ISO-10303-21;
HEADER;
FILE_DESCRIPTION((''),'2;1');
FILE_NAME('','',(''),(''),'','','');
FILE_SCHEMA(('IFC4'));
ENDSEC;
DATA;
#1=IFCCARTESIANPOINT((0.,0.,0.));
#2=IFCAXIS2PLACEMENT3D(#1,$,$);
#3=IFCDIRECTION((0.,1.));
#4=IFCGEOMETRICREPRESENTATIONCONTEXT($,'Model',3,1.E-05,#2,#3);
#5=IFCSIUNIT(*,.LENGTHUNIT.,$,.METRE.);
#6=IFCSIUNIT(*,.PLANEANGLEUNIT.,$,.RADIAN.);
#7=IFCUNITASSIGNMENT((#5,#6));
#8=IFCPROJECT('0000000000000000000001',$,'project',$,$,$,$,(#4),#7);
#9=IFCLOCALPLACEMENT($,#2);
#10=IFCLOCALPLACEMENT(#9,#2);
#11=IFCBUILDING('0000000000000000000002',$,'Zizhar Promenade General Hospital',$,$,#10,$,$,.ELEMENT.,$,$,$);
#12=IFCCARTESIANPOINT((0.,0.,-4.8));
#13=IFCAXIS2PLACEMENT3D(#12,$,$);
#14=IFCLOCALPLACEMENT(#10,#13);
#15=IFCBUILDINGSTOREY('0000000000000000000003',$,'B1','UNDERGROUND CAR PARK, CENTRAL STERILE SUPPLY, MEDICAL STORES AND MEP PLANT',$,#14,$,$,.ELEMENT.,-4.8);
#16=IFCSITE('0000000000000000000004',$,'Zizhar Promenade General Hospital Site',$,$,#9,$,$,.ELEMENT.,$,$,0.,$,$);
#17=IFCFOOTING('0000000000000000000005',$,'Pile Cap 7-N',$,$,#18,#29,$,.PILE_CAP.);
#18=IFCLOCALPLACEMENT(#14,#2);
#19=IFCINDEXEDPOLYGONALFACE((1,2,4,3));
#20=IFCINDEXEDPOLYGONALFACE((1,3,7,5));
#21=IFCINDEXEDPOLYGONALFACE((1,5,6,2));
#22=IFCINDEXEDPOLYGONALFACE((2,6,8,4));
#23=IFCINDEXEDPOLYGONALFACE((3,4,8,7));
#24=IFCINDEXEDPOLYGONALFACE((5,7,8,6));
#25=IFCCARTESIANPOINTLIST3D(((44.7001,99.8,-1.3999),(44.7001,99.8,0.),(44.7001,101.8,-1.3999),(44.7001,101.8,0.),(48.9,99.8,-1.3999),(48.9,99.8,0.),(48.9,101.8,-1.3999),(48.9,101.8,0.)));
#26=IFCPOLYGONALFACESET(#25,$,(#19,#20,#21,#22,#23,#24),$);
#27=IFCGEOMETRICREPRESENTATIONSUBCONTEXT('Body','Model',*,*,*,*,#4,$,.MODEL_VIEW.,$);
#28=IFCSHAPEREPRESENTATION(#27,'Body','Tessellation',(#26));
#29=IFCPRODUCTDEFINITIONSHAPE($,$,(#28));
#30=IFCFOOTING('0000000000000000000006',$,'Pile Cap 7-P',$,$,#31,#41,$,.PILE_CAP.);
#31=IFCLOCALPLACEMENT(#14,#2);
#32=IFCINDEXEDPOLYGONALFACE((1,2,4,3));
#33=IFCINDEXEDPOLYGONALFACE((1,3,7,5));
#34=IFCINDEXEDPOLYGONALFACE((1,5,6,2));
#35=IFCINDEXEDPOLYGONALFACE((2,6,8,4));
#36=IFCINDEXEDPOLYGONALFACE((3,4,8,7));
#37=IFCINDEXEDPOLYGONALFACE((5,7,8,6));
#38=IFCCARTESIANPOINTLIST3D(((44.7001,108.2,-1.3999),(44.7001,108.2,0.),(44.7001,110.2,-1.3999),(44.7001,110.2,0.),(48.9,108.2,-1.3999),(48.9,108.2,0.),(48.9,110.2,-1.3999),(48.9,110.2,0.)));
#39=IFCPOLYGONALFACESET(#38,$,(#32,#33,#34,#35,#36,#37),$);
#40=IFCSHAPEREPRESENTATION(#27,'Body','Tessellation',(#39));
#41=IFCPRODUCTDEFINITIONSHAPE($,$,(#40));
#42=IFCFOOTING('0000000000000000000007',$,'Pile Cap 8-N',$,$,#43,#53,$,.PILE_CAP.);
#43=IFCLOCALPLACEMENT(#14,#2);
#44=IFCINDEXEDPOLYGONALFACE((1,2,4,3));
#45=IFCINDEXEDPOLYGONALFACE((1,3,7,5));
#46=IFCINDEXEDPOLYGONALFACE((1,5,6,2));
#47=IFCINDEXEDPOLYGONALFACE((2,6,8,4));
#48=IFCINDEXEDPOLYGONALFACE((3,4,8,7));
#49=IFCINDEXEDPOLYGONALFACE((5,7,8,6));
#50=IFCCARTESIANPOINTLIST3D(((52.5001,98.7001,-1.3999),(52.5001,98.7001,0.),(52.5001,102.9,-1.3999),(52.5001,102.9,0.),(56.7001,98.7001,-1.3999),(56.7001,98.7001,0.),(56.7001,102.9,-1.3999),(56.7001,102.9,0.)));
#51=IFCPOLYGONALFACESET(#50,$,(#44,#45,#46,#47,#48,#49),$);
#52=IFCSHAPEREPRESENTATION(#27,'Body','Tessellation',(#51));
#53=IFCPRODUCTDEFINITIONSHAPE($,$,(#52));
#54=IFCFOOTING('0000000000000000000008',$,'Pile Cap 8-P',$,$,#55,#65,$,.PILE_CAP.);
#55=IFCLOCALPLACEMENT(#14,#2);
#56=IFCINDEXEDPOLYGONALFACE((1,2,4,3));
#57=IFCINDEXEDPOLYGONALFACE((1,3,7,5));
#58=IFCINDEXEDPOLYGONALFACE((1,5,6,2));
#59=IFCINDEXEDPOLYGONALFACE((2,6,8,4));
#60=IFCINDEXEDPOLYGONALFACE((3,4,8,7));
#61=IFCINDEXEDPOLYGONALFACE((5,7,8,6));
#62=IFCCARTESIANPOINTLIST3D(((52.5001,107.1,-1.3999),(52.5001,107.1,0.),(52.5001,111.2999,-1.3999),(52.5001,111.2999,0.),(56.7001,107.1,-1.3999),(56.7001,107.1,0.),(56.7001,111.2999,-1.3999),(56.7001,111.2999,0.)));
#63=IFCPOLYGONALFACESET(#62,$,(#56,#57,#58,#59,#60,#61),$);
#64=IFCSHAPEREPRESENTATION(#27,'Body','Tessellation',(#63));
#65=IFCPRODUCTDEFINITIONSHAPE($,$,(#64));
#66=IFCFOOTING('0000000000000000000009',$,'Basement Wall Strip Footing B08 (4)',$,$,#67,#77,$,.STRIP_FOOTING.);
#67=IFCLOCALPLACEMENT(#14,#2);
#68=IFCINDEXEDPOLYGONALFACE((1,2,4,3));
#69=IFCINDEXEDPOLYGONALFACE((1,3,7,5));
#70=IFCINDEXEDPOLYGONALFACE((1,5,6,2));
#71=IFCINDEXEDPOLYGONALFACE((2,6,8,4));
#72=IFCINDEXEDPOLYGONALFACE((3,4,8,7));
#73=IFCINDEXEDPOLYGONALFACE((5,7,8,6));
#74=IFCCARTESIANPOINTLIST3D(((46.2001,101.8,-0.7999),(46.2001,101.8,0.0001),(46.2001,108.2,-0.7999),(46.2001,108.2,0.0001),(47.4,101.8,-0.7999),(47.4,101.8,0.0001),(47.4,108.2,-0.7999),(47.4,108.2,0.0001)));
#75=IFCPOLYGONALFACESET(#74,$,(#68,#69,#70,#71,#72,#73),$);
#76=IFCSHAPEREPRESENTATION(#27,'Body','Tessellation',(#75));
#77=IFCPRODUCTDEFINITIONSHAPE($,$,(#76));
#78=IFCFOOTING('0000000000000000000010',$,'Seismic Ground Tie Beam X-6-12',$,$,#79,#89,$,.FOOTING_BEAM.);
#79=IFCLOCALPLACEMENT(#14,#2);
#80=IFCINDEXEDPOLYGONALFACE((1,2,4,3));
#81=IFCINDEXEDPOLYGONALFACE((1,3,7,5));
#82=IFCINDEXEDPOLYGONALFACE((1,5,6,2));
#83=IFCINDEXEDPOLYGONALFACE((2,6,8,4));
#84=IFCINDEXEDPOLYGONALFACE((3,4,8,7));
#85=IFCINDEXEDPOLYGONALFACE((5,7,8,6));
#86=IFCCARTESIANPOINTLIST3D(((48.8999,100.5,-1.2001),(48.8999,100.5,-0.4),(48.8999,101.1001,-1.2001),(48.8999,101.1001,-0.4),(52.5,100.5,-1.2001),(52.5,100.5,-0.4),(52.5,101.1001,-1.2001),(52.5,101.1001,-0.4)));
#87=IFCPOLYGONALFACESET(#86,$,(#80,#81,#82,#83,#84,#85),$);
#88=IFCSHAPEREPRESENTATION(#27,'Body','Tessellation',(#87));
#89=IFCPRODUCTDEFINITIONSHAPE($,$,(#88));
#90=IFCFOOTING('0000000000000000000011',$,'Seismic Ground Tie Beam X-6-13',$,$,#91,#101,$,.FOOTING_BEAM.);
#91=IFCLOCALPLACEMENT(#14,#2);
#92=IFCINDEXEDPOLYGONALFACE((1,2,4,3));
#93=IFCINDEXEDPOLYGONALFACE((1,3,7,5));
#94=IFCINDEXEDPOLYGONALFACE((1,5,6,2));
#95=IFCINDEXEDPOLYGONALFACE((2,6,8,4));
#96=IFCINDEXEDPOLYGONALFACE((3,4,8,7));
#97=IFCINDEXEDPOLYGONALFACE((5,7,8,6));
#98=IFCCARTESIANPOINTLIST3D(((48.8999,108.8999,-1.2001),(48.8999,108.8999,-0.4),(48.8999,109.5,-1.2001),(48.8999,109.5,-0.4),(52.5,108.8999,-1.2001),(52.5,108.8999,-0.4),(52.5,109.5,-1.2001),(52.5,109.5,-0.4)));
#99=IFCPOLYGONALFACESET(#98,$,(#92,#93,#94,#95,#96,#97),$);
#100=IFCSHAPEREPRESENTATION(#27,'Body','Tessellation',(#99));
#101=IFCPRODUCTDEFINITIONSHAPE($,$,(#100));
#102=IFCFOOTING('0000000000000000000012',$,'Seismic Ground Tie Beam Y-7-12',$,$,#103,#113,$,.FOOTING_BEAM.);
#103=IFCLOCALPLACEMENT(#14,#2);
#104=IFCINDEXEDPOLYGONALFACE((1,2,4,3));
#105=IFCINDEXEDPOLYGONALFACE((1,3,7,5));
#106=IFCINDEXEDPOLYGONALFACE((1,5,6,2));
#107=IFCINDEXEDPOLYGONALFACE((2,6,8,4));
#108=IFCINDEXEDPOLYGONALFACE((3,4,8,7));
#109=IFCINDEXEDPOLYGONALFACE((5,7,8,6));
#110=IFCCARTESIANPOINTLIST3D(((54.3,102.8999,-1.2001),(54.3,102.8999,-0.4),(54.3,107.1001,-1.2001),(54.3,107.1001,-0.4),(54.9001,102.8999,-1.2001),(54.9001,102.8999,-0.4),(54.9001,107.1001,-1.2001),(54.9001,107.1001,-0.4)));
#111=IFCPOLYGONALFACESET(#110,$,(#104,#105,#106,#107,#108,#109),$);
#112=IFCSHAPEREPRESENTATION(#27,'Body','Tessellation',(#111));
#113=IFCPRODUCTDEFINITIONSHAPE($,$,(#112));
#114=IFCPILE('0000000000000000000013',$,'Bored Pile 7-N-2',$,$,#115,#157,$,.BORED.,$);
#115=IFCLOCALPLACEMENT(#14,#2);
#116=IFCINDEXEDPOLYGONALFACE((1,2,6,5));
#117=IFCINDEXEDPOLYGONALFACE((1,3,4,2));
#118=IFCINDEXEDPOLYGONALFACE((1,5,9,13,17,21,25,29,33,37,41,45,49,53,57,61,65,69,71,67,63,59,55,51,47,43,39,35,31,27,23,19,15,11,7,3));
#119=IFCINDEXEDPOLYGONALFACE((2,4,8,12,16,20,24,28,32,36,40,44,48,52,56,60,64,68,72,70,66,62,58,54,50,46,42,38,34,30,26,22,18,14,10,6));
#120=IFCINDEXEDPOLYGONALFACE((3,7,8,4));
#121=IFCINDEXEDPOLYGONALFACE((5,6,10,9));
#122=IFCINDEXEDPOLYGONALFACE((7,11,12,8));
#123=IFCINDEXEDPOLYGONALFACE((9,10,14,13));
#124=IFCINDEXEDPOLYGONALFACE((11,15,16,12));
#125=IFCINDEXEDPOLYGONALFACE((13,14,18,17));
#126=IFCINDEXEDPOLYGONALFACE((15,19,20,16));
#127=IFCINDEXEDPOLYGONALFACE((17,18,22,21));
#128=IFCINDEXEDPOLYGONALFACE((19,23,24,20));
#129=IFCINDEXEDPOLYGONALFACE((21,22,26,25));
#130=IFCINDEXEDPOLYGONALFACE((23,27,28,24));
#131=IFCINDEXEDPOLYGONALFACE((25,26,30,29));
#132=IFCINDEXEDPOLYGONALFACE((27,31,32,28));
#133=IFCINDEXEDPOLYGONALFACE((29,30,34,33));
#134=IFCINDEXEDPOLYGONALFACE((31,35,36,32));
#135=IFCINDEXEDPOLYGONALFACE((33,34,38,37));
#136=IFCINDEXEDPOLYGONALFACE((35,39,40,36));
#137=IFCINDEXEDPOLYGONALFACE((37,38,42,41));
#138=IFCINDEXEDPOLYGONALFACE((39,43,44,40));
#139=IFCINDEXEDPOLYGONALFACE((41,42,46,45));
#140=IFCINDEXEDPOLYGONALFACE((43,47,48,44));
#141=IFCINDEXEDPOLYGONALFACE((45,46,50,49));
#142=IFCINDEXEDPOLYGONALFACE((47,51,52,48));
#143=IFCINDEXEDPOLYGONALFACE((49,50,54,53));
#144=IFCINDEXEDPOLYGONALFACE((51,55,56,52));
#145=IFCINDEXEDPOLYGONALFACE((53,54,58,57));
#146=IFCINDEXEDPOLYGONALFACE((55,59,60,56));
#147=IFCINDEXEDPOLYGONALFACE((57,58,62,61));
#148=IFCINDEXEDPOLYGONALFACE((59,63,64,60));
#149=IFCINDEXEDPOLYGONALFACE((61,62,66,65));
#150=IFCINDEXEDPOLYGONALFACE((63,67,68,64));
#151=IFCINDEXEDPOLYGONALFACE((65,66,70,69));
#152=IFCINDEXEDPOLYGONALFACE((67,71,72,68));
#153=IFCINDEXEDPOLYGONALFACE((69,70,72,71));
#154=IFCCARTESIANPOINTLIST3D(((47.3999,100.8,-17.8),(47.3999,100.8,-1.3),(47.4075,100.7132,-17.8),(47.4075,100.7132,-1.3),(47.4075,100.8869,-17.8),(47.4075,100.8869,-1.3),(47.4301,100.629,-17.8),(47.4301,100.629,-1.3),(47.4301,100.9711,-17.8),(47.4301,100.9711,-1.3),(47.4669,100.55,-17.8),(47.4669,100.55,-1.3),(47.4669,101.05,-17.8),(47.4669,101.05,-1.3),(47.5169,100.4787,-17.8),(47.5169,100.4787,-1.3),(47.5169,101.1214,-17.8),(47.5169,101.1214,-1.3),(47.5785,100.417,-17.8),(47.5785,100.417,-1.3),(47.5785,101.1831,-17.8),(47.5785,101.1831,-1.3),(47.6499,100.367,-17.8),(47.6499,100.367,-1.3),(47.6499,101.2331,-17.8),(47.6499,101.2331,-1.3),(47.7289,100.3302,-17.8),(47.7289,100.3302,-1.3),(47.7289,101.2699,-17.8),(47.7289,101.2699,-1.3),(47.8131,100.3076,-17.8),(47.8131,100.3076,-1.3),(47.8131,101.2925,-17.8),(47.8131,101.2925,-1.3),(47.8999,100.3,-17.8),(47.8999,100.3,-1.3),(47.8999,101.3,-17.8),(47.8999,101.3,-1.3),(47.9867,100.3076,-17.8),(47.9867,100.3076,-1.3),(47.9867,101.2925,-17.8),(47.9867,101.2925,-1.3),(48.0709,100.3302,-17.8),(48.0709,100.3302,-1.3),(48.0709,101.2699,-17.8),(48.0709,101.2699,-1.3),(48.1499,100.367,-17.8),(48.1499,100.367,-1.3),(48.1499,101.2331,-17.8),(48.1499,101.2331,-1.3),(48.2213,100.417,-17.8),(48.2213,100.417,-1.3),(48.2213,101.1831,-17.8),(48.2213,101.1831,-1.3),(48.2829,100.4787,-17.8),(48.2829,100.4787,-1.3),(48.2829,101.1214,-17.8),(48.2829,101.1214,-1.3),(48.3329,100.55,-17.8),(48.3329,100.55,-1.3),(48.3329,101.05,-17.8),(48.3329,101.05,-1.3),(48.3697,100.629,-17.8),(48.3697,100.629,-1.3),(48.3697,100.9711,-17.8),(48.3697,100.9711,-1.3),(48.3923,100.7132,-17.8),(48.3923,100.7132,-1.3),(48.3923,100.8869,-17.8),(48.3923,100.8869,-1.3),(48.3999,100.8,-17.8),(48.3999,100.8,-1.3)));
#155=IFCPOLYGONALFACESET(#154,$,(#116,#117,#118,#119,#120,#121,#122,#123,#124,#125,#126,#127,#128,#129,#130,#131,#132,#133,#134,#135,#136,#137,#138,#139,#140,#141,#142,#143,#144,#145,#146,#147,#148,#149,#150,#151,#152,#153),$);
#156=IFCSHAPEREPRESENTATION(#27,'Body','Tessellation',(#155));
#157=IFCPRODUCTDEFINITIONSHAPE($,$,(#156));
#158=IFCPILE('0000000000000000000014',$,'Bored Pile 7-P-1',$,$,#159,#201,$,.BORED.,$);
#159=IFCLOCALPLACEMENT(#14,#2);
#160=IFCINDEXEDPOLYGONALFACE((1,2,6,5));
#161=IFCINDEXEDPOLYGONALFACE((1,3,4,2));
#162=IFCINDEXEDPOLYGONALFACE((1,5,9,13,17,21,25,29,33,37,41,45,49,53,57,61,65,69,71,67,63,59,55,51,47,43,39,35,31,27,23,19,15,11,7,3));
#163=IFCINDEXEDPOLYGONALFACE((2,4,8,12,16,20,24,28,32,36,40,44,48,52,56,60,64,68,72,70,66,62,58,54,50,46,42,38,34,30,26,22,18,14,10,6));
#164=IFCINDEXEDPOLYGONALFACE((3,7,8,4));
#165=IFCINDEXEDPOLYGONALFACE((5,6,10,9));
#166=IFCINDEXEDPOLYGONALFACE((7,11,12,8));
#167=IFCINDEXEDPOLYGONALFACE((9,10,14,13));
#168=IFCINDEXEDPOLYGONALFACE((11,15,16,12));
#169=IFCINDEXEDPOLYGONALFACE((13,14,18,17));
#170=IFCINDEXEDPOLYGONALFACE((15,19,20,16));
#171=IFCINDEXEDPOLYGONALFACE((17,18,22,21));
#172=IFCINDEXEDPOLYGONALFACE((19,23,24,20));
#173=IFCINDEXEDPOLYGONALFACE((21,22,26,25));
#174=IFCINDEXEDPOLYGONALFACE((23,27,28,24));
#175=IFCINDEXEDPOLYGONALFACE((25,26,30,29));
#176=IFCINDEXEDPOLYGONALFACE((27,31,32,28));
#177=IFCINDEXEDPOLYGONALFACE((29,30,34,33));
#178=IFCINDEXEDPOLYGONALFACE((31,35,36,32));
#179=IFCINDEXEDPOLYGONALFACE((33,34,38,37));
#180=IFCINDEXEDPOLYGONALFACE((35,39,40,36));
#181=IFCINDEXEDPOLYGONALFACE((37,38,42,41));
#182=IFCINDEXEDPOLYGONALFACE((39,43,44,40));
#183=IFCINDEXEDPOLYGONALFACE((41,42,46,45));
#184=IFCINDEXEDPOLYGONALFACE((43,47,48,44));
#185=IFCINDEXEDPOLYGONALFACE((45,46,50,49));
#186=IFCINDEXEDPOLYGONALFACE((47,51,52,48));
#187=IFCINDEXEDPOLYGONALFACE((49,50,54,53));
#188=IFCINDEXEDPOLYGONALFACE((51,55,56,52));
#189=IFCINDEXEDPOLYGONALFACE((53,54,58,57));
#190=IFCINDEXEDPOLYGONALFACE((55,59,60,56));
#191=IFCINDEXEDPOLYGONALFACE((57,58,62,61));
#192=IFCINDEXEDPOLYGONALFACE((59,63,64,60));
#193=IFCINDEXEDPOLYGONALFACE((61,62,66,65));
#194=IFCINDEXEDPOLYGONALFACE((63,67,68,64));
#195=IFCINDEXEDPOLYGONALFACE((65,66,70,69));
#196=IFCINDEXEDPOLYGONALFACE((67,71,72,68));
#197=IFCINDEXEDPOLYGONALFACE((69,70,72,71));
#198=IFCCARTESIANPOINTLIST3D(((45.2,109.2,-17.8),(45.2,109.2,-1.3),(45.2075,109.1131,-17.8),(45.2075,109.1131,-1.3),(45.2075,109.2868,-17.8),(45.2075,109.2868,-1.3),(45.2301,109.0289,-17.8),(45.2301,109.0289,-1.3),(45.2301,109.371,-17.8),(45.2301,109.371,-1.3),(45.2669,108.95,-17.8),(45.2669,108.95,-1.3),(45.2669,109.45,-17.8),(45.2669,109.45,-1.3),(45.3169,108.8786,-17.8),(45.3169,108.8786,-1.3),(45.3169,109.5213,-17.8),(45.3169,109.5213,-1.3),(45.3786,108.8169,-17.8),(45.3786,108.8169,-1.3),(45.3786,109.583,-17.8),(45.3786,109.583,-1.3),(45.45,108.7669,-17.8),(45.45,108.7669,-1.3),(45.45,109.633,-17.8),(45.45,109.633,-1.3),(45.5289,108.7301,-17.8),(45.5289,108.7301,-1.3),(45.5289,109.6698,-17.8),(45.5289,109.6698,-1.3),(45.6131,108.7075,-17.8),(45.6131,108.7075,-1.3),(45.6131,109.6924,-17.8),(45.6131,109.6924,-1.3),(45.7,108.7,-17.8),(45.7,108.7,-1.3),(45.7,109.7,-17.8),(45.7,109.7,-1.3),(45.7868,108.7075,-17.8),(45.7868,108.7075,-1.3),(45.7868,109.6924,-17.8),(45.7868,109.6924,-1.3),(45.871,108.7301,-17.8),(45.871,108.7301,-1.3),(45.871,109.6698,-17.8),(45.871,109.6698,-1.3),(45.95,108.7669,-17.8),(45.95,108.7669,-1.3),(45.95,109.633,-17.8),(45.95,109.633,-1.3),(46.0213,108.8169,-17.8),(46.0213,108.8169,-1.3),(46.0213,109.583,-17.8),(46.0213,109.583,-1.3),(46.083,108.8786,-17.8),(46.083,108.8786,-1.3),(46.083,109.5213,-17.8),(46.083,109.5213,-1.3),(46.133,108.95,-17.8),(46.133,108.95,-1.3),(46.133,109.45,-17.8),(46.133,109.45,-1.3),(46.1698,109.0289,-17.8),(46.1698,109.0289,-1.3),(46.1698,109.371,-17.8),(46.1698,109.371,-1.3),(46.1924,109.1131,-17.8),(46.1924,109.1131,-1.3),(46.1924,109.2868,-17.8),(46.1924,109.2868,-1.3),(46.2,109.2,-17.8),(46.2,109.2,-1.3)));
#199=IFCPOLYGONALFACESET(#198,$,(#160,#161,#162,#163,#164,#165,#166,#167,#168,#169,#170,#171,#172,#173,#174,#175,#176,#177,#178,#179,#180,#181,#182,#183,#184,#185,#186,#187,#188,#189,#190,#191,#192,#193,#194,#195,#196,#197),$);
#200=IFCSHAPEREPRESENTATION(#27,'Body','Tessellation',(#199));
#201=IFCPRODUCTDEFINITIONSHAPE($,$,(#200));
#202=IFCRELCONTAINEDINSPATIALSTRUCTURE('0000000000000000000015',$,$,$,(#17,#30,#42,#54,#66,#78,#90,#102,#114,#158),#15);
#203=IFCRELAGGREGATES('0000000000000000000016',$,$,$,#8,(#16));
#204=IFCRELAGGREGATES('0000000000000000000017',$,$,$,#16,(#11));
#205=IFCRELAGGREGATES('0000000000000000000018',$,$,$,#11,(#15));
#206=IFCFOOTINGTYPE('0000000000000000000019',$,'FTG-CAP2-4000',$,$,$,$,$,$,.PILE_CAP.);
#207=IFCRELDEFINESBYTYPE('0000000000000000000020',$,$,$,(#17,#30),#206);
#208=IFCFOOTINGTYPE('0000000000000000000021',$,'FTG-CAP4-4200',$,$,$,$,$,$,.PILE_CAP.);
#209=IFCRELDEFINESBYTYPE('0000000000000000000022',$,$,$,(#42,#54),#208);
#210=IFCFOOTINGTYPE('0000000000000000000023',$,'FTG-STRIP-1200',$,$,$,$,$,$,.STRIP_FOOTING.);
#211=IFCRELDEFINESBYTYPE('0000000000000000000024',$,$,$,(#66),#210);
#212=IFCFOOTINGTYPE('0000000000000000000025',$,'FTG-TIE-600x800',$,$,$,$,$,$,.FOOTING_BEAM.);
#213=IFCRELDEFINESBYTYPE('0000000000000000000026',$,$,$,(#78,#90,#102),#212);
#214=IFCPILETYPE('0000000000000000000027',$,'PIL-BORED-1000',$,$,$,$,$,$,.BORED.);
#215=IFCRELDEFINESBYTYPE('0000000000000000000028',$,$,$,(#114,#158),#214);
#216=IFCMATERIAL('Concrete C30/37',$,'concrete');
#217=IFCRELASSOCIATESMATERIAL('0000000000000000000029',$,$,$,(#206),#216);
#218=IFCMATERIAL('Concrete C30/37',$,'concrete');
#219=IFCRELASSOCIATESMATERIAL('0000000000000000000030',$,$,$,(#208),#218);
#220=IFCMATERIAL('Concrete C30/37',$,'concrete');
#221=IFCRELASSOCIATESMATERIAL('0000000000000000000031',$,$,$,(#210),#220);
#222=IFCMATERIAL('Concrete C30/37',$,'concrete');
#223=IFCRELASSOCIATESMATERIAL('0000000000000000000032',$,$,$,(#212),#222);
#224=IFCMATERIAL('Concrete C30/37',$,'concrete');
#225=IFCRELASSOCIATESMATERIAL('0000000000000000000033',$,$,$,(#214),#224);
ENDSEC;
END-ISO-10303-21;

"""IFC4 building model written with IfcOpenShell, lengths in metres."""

from ifc_helpers import new_model, si_unit, direction, frame, origin, origin_2d, place, context, subcontext, project, spatial, rectangle, circle, extrude, material, material_profile, profile_set, type_object, element, save


model = new_model("IFC4")

# Units and contexts
model_context = context("Model", 3, precision=1e-05, world=origin(), true_north=direction((0.0, 1.0)))
body_context = subcontext(model_context, "Body", "Model", "MODEL_VIEW")
ifc_project = project(units=[si_unit("LENGTHUNIT", "METRE"), si_unit("PLANEANGLEUNIT", "RADIAN")], contexts=[model_context])

# Site, building, storey
site_placement = place(None, origin())
site = spatial("IfcSite", under=ifc_project, at=site_placement, Name="Zizhar Promenade General Hospital Site", CompositionType="ELEMENT", RefElevation=0.0)
building_placement = place(site_placement, origin())
building = spatial("IfcBuilding", under=site, at=building_placement, Name="Zizhar Promenade General Hospital", CompositionType="ELEMENT")
storey_placement = place(building_placement, frame((0.0, 0.0, -4.8)))
storey = spatial("IfcBuildingStorey", under=building, at=storey_placement, Name="B1", Description="UNDERGROUND CAR PARK, CENTRAL STERILE SUPPLY, MEDICAL STORES AND MEP PLANT", CompositionType="ELEMENT", Elevation=-4.8)

# Footings
ifc_material_1 = material(Name="Concrete C30/37", Category="concrete")
footing_type_1 = type_object("IfcFootingType", Name="FTG-CAP2-4000", PredefinedType="PILE_CAP", material=ifc_material_1)
for number, where, z_axis, x_axis, name in (
    (1, (46.8, 100.8, -1.3999), (0.0, 0.0, 1.0), (1.0, 0.0, 0.0), "Pile Cap 7-N"),
    (2, (46.8, 109.2, -1.3999), (0.0, 0.0, 1.0), (1.0, 0.0, 0.0), "Pile Cap 7-P"),
):
    element("IfcFooting", number, at=place(storey_placement, frame(where, z_axis=z_axis, x_axis=x_axis)), inside=storey, type_object=footing_type_1, Name=name, PredefinedType="PILE_CAP", context=body_context, shape_type="SweptSolid", body=[
        extrude(rectangle(XDim=4.2, YDim=2.0, at=origin_2d()), origin(), (0.0, 0.0, 1.0), 1.3999),
    ])
ifc_material_2 = material(Name="Concrete C30/37", Category="concrete")
footing_type_2 = type_object("IfcFootingType", Name="FTG-CAP4-4200", PredefinedType="PILE_CAP", material=ifc_material_2)
for number, where, z_axis, x_axis, name in (
    (3, (54.6001, 100.8, -1.3999), (0.0, 0.0, 1.0), (1.0, 0.0, 0.0), "Pile Cap 8-N"),
    (4, (54.6001, 109.2, -1.3999), (0.0, 0.0, 1.0), (1.0, 0.0, 0.0), "Pile Cap 8-P"),
):
    element("IfcFooting", number, at=place(storey_placement, frame(where, z_axis=z_axis, x_axis=x_axis)), inside=storey, type_object=footing_type_2, Name=name, PredefinedType="PILE_CAP", context=body_context, shape_type="SweptSolid", body=[
        extrude(rectangle(XDim=4.2, YDim=4.2, at=origin_2d()), origin(), (0.0, 0.0, 1.0), 1.3999),
    ])
ifc_material_3 = material(Name="Concrete C30/37", Category="concrete")
ifc_material_profile_1 = material_profile(ifc_material_3, rectangle(XDim=1.2, YDim=0.8, at=origin_2d()))
ifc_profile_set_1 = profile_set([ifc_material_profile_1], Name="Concrete C30/37")
footing_type_3 = type_object("IfcFootingType", Name="FTG-STRIP-1200", PredefinedType="STRIP_FOOTING", material=ifc_profile_set_1)
footing_1_placement = place(storey_placement, frame((46.8, 108.2, -0.3999), z_axis=(0.0, -1.0, 0.0), x_axis=(1.0, 0.0, 0.0)))
element("IfcFooting", 5, at=footing_1_placement, inside=storey, type_object=footing_type_3, Name="Basement Wall Strip Footing B08 (4)", PredefinedType="STRIP_FOOTING", context=body_context, shape_type="SweptSolid", body=[
    extrude(rectangle(XDim=1.2, YDim=0.8, at=origin_2d()), origin(), (0.0, 0.0, 1.0), 6.3999),
])
ifc_material_4 = material(Name="Concrete C30/37", Category="concrete")
ifc_material_profile_2 = material_profile(ifc_material_4, rectangle(XDim=0.6001, YDim=0.8, at=origin_2d()))
ifc_profile_set_2 = profile_set([ifc_material_profile_2], Name="Concrete C30/37")
footing_type_4 = type_object("IfcFootingType", Name="FTG-TIE-600x800", PredefinedType="FOOTING_BEAM", material=ifc_profile_set_2)
for number, where, z_axis, x_axis, name in (
    (6, (48.8999, 100.8, -0.8), (1.0, 0.0, 0.0), (0.0, 1.0, 0.0), "Seismic Ground Tie Beam X-6-12"),
    (7, (48.8999, 109.2, -0.8), (1.0, 0.0, 0.0), (0.0, 1.0, 0.0), "Seismic Ground Tie Beam X-6-13"),
):
    element("IfcFooting", number, at=place(storey_placement, frame(where, z_axis=z_axis, x_axis=x_axis)), inside=storey, type_object=footing_type_4, Name=name, PredefinedType="FOOTING_BEAM", context=body_context, shape_type="SweptSolid", body=[
        extrude(rectangle(XDim=0.6001, YDim=0.8, at=origin_2d()), origin(), (0.0, 0.0, 1.0), 3.6001),
    ])
footing_2_placement = place(storey_placement, frame((54.6001, 102.8999, -0.8), z_axis=(0.0, 1.0, 0.0), x_axis=(-1.0, 0.0, 0.0)))
element("IfcFooting", 8, at=footing_2_placement, inside=storey, type_object=footing_type_4, Name="Seismic Ground Tie Beam Y-7-12", PredefinedType="FOOTING_BEAM", context=body_context, shape_type="SweptSolid", body=[
    extrude(rectangle(XDim=0.6001, YDim=0.8, at=origin_2d()), origin(), (0.0, 0.0, 1.0), 4.2002),
])

# Piles
ifc_material_5 = material(Name="Concrete C30/37", Category="concrete")
ifc_material_profile_3 = material_profile(ifc_material_5, circle(Radius=0.5, at=origin_2d()))
ifc_profile_set_3 = profile_set([ifc_material_profile_3], Name="Concrete C30/37")
pile_type = type_object("IfcPileType", Name="PIL-BORED-1000", PredefinedType="BORED", material=ifc_profile_set_3)
for number, where, z_axis, x_axis, name in (
    (9, (47.8999, 100.8, -1.3), (0.0, 0.0, -1.0), (1.0, 0.0, 0.0), "Bored Pile 7-N-2"),
    (10, (45.7, 109.2, -1.3), (0.0, 0.0, -1.0), (1.0, 0.0, 0.0), "Bored Pile 7-P-1"),
):
    element("IfcPile", number, at=place(storey_placement, frame(where, z_axis=z_axis, x_axis=x_axis)), inside=storey, type_object=pile_type, Name=name, PredefinedType="BORED", context=body_context, shape_type="SweptSolid", body=[
        extrude(circle(Radius=0.5, at=origin_2d()), origin(), (0.0, 0.0, 1.0), 16.5),
    ])

save(model, "model.ifc")
